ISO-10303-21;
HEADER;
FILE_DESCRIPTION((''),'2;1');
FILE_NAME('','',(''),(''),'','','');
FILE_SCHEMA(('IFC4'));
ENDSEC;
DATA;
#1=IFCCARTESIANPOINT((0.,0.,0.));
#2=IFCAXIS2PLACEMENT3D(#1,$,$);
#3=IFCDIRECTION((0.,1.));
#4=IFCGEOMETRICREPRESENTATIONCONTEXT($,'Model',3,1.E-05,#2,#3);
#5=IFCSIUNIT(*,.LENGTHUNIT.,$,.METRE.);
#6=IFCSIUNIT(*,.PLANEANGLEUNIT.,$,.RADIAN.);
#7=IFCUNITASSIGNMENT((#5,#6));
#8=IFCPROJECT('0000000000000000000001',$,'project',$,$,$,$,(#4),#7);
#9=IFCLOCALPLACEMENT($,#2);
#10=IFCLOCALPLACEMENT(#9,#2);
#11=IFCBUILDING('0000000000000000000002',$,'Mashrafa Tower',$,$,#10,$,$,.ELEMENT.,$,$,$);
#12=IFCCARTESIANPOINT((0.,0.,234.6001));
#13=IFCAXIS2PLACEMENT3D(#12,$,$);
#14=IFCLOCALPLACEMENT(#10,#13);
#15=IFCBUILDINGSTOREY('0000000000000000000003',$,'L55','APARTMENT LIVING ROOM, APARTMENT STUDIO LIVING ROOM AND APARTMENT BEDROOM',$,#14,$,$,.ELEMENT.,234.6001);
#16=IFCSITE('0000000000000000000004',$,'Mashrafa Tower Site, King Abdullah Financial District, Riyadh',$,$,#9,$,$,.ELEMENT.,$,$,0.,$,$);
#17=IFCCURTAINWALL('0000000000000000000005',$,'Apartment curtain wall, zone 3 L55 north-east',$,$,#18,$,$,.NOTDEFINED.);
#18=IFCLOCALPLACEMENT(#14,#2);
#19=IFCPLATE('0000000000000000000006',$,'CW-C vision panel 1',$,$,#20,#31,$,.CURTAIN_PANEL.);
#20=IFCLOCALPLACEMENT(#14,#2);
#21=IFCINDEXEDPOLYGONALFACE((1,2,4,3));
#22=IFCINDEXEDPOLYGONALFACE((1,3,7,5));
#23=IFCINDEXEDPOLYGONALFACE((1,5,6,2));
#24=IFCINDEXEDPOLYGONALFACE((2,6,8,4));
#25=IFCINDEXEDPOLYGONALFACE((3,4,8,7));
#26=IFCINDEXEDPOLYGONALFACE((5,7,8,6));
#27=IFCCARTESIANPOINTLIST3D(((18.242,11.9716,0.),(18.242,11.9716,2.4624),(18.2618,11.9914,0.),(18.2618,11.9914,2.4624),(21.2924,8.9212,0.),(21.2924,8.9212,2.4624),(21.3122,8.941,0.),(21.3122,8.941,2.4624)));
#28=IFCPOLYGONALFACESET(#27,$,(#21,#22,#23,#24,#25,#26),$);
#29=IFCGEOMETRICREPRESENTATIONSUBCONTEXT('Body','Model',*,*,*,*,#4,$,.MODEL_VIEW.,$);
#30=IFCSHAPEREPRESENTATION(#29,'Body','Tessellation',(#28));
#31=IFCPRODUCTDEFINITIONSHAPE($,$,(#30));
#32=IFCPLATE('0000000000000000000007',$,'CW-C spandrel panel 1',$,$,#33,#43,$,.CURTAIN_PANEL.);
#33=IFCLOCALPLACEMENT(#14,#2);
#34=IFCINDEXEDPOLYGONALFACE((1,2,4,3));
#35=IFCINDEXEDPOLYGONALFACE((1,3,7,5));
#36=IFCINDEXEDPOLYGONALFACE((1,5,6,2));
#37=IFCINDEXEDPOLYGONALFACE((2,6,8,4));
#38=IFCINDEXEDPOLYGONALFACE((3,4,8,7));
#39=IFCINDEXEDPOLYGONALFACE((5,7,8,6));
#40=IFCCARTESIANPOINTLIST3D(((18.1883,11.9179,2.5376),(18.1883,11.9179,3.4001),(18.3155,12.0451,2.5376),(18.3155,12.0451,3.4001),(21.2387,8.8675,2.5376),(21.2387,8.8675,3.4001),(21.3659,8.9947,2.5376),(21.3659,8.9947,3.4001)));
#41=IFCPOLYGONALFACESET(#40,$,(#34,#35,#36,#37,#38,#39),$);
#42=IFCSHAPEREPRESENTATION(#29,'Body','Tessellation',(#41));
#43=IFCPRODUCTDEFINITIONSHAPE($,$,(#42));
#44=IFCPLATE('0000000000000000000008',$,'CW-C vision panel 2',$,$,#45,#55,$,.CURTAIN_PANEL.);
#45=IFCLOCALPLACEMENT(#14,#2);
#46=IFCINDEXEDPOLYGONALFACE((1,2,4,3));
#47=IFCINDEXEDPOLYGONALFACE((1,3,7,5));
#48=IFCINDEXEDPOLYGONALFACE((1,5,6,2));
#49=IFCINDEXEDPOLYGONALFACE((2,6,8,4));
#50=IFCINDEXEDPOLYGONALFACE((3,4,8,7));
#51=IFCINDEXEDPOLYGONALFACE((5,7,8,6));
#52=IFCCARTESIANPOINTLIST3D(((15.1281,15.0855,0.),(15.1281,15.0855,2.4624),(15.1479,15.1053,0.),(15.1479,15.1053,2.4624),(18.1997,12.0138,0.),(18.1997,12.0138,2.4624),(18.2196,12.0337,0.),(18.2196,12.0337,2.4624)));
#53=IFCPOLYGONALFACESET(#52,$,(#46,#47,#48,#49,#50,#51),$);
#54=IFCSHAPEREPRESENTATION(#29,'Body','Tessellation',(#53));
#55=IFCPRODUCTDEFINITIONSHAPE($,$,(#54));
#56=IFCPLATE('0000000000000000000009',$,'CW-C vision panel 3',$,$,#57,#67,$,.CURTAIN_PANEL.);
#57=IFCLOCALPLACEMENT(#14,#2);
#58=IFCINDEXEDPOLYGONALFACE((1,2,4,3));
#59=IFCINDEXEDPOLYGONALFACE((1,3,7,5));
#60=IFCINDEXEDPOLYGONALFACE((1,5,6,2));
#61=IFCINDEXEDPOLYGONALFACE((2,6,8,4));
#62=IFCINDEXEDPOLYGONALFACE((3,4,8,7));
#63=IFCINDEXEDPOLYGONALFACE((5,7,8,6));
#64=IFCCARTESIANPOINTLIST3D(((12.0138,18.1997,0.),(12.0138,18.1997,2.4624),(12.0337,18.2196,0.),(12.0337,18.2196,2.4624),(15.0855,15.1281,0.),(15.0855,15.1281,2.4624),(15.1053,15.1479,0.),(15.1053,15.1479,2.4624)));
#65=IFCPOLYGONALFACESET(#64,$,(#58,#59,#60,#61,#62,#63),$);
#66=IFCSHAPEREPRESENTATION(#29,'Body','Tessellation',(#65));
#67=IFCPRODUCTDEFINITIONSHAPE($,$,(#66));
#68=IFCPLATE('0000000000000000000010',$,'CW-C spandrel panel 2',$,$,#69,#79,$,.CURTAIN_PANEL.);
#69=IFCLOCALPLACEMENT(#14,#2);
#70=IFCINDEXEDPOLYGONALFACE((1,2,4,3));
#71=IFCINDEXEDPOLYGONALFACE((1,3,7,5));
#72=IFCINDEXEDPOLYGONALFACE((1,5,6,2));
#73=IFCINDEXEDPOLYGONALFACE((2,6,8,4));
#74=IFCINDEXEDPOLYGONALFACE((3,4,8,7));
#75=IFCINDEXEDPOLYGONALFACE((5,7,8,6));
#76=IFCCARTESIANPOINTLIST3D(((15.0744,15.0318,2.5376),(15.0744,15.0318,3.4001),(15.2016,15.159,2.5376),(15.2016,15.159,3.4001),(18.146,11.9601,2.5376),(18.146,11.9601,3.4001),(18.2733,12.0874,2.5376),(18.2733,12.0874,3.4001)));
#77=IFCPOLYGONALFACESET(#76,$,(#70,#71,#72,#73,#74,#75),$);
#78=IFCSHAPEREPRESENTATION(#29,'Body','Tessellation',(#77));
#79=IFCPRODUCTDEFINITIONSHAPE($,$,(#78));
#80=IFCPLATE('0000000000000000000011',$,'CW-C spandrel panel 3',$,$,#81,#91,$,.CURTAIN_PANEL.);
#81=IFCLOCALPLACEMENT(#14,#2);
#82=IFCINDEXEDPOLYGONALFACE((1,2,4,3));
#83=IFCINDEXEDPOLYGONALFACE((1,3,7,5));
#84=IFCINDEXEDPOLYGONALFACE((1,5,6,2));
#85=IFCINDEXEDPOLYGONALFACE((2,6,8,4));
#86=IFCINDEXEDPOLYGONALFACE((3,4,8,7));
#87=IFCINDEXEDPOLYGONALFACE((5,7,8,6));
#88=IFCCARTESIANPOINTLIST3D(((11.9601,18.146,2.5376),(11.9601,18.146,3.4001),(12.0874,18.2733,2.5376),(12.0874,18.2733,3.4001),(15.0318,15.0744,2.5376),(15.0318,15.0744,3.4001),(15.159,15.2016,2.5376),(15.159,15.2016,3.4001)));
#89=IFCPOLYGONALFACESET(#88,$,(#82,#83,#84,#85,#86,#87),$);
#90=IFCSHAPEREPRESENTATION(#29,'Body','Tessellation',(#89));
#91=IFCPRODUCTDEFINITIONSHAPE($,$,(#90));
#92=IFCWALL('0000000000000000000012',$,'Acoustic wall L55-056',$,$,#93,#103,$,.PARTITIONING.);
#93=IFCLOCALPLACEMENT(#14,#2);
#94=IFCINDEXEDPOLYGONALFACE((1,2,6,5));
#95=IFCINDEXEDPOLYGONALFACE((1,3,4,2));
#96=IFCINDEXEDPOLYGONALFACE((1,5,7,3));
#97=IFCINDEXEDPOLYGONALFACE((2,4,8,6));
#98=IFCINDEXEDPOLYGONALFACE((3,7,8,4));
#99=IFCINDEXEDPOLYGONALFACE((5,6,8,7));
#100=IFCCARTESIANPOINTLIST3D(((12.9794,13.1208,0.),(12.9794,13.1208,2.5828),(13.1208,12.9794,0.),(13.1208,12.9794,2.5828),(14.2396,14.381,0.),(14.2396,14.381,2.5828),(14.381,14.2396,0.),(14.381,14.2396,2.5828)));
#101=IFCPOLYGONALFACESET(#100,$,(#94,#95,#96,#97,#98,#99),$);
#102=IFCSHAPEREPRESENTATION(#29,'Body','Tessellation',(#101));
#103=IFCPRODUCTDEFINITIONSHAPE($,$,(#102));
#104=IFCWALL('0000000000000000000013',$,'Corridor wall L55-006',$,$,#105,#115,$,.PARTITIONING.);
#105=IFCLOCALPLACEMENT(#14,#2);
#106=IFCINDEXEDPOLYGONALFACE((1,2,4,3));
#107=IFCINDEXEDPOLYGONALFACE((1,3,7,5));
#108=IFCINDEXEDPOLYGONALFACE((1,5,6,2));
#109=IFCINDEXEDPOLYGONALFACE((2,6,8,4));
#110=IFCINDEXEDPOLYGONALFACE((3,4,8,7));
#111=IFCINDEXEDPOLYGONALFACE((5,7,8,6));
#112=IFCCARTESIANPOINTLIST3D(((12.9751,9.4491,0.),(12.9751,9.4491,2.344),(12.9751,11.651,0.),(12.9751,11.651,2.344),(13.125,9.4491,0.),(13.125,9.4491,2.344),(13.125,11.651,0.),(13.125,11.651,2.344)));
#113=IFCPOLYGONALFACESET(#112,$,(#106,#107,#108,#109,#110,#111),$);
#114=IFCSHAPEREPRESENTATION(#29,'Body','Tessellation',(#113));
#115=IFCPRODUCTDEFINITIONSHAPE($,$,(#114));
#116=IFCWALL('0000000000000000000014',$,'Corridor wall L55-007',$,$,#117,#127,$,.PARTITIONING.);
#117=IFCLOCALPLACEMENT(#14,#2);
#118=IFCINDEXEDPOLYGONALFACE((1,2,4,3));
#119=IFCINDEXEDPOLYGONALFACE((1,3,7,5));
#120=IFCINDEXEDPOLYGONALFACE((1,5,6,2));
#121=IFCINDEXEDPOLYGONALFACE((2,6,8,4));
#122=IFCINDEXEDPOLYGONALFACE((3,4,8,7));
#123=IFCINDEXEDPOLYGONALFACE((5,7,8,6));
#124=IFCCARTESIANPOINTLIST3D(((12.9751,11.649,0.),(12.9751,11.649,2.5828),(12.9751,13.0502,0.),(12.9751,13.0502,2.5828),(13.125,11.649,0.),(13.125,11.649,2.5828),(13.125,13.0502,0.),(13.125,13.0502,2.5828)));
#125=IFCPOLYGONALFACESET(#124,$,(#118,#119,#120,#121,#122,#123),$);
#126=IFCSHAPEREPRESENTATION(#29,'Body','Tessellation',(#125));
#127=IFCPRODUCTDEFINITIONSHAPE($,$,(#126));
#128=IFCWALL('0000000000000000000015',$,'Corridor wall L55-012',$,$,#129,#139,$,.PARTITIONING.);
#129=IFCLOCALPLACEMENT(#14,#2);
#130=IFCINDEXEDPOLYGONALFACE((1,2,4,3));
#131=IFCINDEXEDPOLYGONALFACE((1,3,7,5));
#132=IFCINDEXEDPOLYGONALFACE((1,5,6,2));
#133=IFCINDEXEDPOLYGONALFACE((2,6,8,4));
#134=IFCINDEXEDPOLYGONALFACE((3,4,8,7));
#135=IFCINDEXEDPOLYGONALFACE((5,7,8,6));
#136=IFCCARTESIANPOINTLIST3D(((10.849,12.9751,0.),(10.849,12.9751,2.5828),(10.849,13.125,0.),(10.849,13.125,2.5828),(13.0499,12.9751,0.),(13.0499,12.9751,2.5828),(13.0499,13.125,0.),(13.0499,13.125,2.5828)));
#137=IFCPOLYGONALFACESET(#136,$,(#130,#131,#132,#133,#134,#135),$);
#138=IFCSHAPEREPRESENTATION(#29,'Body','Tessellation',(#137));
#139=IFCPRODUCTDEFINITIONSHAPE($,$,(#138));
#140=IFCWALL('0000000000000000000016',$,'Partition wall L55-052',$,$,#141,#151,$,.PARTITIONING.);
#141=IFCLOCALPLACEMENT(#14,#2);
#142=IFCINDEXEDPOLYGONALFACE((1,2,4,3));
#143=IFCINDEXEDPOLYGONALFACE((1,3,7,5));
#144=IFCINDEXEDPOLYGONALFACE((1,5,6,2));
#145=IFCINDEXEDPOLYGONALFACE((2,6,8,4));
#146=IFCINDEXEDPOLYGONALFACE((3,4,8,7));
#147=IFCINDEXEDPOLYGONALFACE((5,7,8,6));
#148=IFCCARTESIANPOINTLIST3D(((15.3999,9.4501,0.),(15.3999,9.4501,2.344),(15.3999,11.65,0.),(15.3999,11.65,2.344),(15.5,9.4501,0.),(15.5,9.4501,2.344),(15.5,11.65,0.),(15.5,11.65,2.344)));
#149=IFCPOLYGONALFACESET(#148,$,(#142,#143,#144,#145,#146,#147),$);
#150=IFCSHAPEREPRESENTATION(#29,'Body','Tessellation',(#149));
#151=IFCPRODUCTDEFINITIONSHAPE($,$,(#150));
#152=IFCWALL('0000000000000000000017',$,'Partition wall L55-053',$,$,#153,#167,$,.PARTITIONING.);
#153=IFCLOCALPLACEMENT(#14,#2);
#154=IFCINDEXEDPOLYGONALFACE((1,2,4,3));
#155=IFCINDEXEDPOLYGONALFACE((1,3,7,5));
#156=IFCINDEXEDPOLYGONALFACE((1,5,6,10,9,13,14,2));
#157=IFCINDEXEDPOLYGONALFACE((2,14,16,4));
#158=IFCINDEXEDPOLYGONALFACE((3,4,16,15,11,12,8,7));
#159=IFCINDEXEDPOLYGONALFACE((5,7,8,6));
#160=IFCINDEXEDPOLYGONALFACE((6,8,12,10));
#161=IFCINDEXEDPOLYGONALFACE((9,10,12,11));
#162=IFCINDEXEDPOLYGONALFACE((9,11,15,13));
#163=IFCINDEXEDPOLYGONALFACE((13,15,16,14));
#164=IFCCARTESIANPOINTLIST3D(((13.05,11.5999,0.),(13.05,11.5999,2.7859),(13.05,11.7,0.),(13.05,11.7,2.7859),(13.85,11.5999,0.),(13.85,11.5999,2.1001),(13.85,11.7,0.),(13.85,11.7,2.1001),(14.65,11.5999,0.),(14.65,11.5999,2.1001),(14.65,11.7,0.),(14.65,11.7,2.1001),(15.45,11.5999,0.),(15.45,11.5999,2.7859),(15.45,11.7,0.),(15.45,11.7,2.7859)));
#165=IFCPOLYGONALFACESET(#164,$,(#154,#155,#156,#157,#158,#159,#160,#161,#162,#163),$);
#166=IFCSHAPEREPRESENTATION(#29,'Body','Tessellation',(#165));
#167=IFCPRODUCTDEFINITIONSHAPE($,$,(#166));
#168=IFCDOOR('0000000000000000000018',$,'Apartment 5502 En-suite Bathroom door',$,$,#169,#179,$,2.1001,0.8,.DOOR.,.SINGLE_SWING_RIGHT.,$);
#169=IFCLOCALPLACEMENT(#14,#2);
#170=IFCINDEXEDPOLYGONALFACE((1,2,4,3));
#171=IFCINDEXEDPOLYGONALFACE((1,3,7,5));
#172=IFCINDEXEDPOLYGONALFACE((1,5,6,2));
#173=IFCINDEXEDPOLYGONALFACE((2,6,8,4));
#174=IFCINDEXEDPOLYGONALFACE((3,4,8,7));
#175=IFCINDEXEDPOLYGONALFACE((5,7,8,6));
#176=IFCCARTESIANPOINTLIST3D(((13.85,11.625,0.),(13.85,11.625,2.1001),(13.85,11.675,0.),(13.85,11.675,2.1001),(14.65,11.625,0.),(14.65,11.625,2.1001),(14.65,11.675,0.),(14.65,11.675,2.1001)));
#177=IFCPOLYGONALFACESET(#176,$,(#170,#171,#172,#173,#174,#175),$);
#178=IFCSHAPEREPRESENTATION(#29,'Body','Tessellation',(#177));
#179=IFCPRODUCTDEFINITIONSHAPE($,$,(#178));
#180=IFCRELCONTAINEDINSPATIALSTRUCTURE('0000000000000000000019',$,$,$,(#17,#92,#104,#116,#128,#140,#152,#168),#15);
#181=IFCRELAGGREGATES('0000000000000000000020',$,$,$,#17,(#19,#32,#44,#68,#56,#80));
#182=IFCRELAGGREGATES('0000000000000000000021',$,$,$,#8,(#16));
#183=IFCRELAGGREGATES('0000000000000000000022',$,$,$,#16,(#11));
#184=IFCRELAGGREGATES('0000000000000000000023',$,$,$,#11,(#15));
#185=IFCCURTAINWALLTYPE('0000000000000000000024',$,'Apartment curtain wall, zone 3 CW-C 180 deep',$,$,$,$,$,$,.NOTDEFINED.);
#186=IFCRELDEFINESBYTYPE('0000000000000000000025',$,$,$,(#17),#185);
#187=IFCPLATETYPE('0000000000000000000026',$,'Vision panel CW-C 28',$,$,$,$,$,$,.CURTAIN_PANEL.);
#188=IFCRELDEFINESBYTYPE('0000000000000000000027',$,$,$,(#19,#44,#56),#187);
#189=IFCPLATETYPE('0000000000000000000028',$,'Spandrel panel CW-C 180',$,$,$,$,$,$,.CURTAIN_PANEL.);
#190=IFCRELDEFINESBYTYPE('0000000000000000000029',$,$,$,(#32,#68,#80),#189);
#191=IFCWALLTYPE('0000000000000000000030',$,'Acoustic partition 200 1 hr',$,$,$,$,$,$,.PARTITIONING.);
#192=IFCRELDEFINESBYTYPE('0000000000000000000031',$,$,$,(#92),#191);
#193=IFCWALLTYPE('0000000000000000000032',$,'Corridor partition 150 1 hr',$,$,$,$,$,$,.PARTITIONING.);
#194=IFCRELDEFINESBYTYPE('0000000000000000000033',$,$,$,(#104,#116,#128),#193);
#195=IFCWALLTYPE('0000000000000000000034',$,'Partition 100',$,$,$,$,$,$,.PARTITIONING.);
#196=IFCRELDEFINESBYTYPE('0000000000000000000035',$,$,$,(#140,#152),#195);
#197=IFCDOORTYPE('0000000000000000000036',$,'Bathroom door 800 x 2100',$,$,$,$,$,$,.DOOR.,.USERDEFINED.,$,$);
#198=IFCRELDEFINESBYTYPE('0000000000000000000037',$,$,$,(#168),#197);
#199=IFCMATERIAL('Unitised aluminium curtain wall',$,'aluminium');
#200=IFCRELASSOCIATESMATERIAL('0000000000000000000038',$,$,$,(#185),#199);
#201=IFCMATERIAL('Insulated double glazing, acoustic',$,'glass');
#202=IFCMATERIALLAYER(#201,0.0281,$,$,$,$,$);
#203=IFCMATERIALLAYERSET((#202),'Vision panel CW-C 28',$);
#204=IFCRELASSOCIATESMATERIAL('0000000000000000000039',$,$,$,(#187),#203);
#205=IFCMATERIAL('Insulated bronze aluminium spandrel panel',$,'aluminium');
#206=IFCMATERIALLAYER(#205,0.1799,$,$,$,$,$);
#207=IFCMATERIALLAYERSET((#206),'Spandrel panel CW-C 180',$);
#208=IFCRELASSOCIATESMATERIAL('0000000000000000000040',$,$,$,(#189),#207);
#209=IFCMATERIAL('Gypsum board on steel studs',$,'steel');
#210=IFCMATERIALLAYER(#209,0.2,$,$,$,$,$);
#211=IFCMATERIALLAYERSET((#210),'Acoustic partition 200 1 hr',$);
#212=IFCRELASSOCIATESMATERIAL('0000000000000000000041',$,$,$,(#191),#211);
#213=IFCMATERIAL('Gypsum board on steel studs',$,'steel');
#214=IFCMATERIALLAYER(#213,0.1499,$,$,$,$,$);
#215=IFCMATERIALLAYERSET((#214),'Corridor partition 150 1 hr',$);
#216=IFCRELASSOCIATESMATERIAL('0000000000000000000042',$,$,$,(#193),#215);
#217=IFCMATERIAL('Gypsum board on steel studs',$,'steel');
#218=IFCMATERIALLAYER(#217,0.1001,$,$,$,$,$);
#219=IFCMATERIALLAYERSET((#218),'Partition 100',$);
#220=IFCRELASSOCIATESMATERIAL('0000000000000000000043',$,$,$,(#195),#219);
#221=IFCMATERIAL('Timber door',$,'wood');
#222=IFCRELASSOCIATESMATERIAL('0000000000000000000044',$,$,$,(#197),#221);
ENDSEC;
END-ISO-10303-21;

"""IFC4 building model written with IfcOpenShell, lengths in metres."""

from ifc_helpers import new_model, si_unit, direction, frame, frame_2d, origin, origin_2d, place, context, subcontext, project, spatial, rectangle, extrude, source, transform, mapped, material, layer, layer_set, type_object, type_shapes, element, fill, aggregate, save


model = new_model("IFC4")

# Units and contexts
model_context = context("Model", 3, precision=1e-05, world=origin(), true_north=direction((0.0, 1.0)))
body_context = subcontext(model_context, "Body", "Model", "MODEL_VIEW")
ifc_project = project(units=[si_unit("LENGTHUNIT", "METRE"), si_unit("PLANEANGLEUNIT", "RADIAN")], contexts=[model_context])

# Site, building, storey
site_placement = place(None, origin())
site = spatial("IfcSite", under=ifc_project, at=site_placement, Name="Mashrafa Tower Site, King Abdullah Financial District, Riyadh", CompositionType="ELEMENT", RefElevation=0.0)
building_placement = place(site_placement, origin())
building = spatial("IfcBuilding", under=site, at=building_placement, Name="Mashrafa Tower", CompositionType="ELEMENT")
storey_placement = place(building_placement, frame((0.0, 0.0, 234.6001)))
storey = spatial("IfcBuildingStorey", under=building, at=storey_placement, Name="L55", Description="APARTMENT LIVING ROOM, APARTMENT STUDIO LIVING ROOM AND APARTMENT BEDROOM", CompositionType="ELEMENT", Elevation=234.6001)

# Curtain wall, plates
ifc_material_1 = material(Name="Unitised aluminium curtain wall", Category="aluminium")
curtain_wall_type = type_object("IfcCurtainWallType", Name="Apartment curtain wall, zone 3 CW-C 180 deep", PredefinedType="NOTDEFINED", material=ifc_material_1)
curtain_wall_placement = place(storey_placement, origin())
curtain_wall = element("IfcCurtainWall", 1, at=curtain_wall_placement, inside=storey, type_object=curtain_wall_type, Name="Apartment curtain wall, zone 3 L55 north-east", PredefinedType="NOTDEFINED")
ifc_material_2 = material(Name="Insulated double glazing, acoustic", Category="glass")
ifc_layer_1 = layer(ifc_material_2, 0.0281)
ifc_layer_set_1 = layer_set([ifc_layer_1], Name="Vision panel CW-C 28")
plate_type_1 = type_object("IfcPlateType", Name="Vision panel CW-C 28", PredefinedType="CURTAIN_PANEL", material=ifc_layer_set_1)
shared_shape_1 = source(origin(), body_context, "Body", "SweptSolid", [
    extrude(rectangle(XDim=4.314, YDim=0.0281, at=origin_2d()), origin(), (0.0, 0.0, 1.0), 2.4624),
])
plate_1_placement = place(storey_placement, frame((19.7771, 10.4563, 0.0), z_axis=(0.0, 0.0, 1.0), x_axis=(-0.707107, 0.707107, 0.0)))
plate_1 = element("IfcPlate", 2, at=plate_1_placement, type_object=plate_type_1, Name="CW-C vision panel 1", PredefinedType="CURTAIN_PANEL", context=body_context, shape_type="MappedRepresentation", body=[
    mapped(shared_shape_1, transform((0.0, 0.0, 0.0))),
])
ifc_material_3 = material(Name="Insulated bronze aluminium spandrel panel", Category="aluminium")
ifc_layer_2 = layer(ifc_material_3, 0.1799)
ifc_layer_set_2 = layer_set([ifc_layer_2], Name="Spandrel panel CW-C 180")
plate_type_2 = type_object("IfcPlateType", Name="Spandrel panel CW-C 180", PredefinedType="CURTAIN_PANEL", material=ifc_layer_set_2)
shared_shape_2 = source(origin(), body_context, "Body", "SweptSolid", [
    extrude(rectangle(XDim=4.314, YDim=0.1799, at=origin_2d()), origin(), (0.0, 0.0, 1.0), 0.8625),
])
plate_2_placement = place(storey_placement, frame((19.7771, 10.4563, 2.5376), z_axis=(0.0, 0.0, 1.0), x_axis=(-0.707107, 0.707107, 0.0)))
plate_2 = element("IfcPlate", 3, at=plate_2_placement, type_object=plate_type_2, Name="CW-C spandrel panel 1", PredefinedType="CURTAIN_PANEL", context=body_context, shape_type="MappedRepresentation", body=[
    mapped(shared_shape_2, transform((0.0, 0.0, 0.0))),
])
shared_shape_3 = source(origin(), body_context, "Body", "SweptSolid", [
    extrude(rectangle(XDim=4.344, YDim=0.0281, at=origin_2d()), origin(), (0.0, 0.0, 1.0), 2.4624),
])
type_shapes(plate_type_1, [shared_shape_1, shared_shape_3])
plate_3_placement = place(storey_placement, frame((16.6738, 13.5596, 0.0), z_axis=(0.0, 0.0, 1.0), x_axis=(-0.707107, 0.707107, 0.0)))
plate_3 = element("IfcPlate", 4, at=plate_3_placement, type_object=plate_type_1, Name="CW-C vision panel 2", PredefinedType="CURTAIN_PANEL", context=body_context, shape_type="MappedRepresentation", body=[
    mapped(shared_shape_3, transform((0.0, 0.0, 0.0))),
])
plate_4_placement = place(storey_placement, frame((13.5596, 16.6738, 0.0), z_axis=(0.0, 0.0, 1.0), x_axis=(-0.707107, 0.707107, 0.0)))
plate_4 = element("IfcPlate", 5, at=plate_4_placement, type_object=plate_type_1, Name="CW-C vision panel 3", PredefinedType="CURTAIN_PANEL", context=body_context, shape_type="MappedRepresentation", body=[
    mapped(shared_shape_3, transform((0.0, 0.0, 0.0))),
])
shared_shape_4 = source(origin(), body_context, "Body", "SweptSolid", [
    extrude(rectangle(XDim=4.344, YDim=0.1799, at=origin_2d()), origin(), (0.0, 0.0, 1.0), 0.8625),
])
type_shapes(plate_type_2, [shared_shape_2, shared_shape_4])
plate_5_placement = place(storey_placement, frame((16.6738, 13.5596, 2.5376), z_axis=(0.0, 0.0, 1.0), x_axis=(-0.707107, 0.707107, 0.0)))
plate_5 = element("IfcPlate", 6, at=plate_5_placement, type_object=plate_type_2, Name="CW-C spandrel panel 2", PredefinedType="CURTAIN_PANEL", context=body_context, shape_type="MappedRepresentation", body=[
    mapped(shared_shape_4, transform((0.0, 0.0, 0.0))),
])
plate_6_placement = place(storey_placement, frame((13.5596, 16.6738, 2.5376), z_axis=(0.0, 0.0, 1.0), x_axis=(-0.707107, 0.707107, 0.0)))
plate_6 = element("IfcPlate", 7, at=plate_6_placement, type_object=plate_type_2, Name="CW-C spandrel panel 3", PredefinedType="CURTAIN_PANEL", context=body_context, shape_type="MappedRepresentation", body=[
    mapped(shared_shape_4, transform((0.0, 0.0, 0.0))),
])
aggregate(curtain_wall, [plate_1, plate_2, plate_3, plate_5, plate_4, plate_6])

# Walls
ifc_material_4 = material(Name="Gypsum board on steel studs", Category="steel")
ifc_layer_3 = layer(ifc_material_4, 0.2)
ifc_layer_set_3 = layer_set([ifc_layer_3], Name="Acoustic partition 200 1 hr")
wall_type_1 = type_object("IfcWallType", Name="Acoustic partition 200 1 hr", PredefinedType="PARTITIONING", material=ifc_layer_set_3)
wall_1_placement = place(storey_placement, frame((14.3103, 14.3103, 0.0), z_axis=(0.0, 0.0, 1.0), x_axis=(-0.707107, -0.707107, 0.0)))
element("IfcWall", 8, at=wall_1_placement, inside=storey, type_object=wall_type_1, Name="Acoustic wall L55-056", PredefinedType="PARTITIONING", context=body_context, shape_type="SweptSolid", body=[
    extrude(rectangle(XDim=1.7822, YDim=0.2, at=frame_2d((0.8911, 0.0))), origin(), (0.0, 0.0, 1.0), 2.5828),
])
ifc_material_5 = material(Name="Gypsum board on steel studs", Category="steel")
ifc_layer_4 = layer(ifc_material_5, 0.1499)
ifc_layer_set_4 = layer_set([ifc_layer_4], Name="Corridor partition 150 1 hr")
wall_type_2 = type_object("IfcWallType", Name="Corridor partition 150 1 hr", PredefinedType="PARTITIONING", material=ifc_layer_set_4)
wall_2_placement = place(storey_placement, frame((13.05, 9.449, 0.0), z_axis=(0.0, 0.0, 1.0), x_axis=(0.0, 1.0, 0.0)))
element("IfcWall", 9, at=wall_2_placement, inside=storey, type_object=wall_type_2, Name="Corridor wall L55-006", PredefinedType="PARTITIONING", context=body_context, shape_type="SweptSolid", body=[
    extrude(rectangle(XDim=2.2019, YDim=0.1499, at=frame_2d((1.1011, 0.0))), origin(), (0.0, 0.0, 1.0), 2.344),
])
wall_3_placement = place(storey_placement, frame((13.05, 11.6489, 0.0), z_axis=(0.0, 0.0, 1.0), x_axis=(0.0, 1.0, 0.0)))
element("IfcWall", 10, at=wall_3_placement, inside=storey, type_object=wall_type_2, Name="Corridor wall L55-007", PredefinedType="PARTITIONING", context=body_context, shape_type="SweptSolid", body=[
    extrude(rectangle(XDim=1.4011, YDim=0.1499, at=frame_2d((0.7007, 0.0))), origin(), (0.0, 0.0, 1.0), 2.5828),
])
wall_4_placement = place(storey_placement, frame((13.05, 13.05, 0.0), z_axis=(0.0, 0.0, 1.0), x_axis=(-1.0, 0.0, 0.0)))
element("IfcWall", 11, at=wall_4_placement, inside=storey, type_object=wall_type_2, Name="Corridor wall L55-012", PredefinedType="PARTITIONING", context=body_context, shape_type="SweptSolid", body=[
    extrude(rectangle(XDim=2.2009, YDim=0.1499, at=frame_2d((1.1006, 0.0))), origin(), (0.0, 0.0, 1.0), 2.5828),
])
ifc_material_6 = material(Name="Gypsum board on steel studs", Category="steel")
ifc_layer_5 = layer(ifc_material_6, 0.1001)
ifc_layer_set_5 = layer_set([ifc_layer_5], Name="Partition 100")
wall_type_3 = type_object("IfcWallType", Name="Partition 100", PredefinedType="PARTITIONING", material=ifc_layer_set_5)
wall_5_placement = place(storey_placement, frame((15.45, 9.45, 0.0), z_axis=(0.0, 0.0, 1.0), x_axis=(0.0, 1.0, 0.0)))
element("IfcWall", 12, at=wall_5_placement, inside=storey, type_object=wall_type_3, Name="Partition wall L55-052", PredefinedType="PARTITIONING", context=body_context, shape_type="SweptSolid", body=[
    extrude(rectangle(XDim=2.2, YDim=0.1001, at=frame_2d((1.1001, 0.0))), origin(), (0.0, 0.0, 1.0), 2.344),
])

# Wall, opening, door
wall_6_placement = place(storey_placement, frame((15.45, 11.6499, 0.0), z_axis=(0.0, 0.0, 1.0), x_axis=(-1.0, 0.0, 0.0)))
wall_6 = element("IfcWall", 13, at=wall_6_placement, inside=storey, type_object=wall_type_3, Name="Partition wall L55-053", PredefinedType="PARTITIONING", context=body_context, shape_type="SweptSolid", body=[
    extrude(rectangle(XDim=2.3999, YDim=0.1001, at=frame_2d((1.2, 0.0))), origin(), (0.0, 0.0, 1.0), 2.7859),
])
opening_1_placement = place(wall_6_placement, frame((0.8, 0.0, 0.0)))
opening_1 = element("IfcOpeningElement", 14, at=opening_1_placement, cuts=wall_6, PredefinedType="OPENING", context=body_context, shape_type="SweptSolid", body=[
    extrude(rectangle(XDim=0.8, YDim=2.1001, at=frame_2d((0.3999, 1.05))), frame((0.0, 0.0601, 0.0), z_axis=(0.0, -1.0, 0.0), x_axis=(1.0, 0.0, 0.0)), (0.0, 0.0, 1.0), 0.1201),
])
ifc_material_7 = material(Name="Timber door", Category="wood")
door_type_1 = type_object("IfcDoorType", Name="Bathroom door 800 x 2100", OperationType="USERDEFINED", PredefinedType="DOOR", material=ifc_material_7)
door_1_placement = place(opening_1_placement, origin())
door_1 = element("IfcDoor", 15, at=door_1_placement, inside=storey, type_object=door_type_1, Name="Apartment 5502 En-suite Bathroom door", OperationType="SINGLE_SWING_RIGHT", OverallHeight=2.1001, OverallWidth=0.8, PredefinedType="DOOR", context=body_context, shape_type="SweptSolid", body=[
    extrude(rectangle(XDim=0.8, YDim=2.1001, at=frame_2d((0.3999, 1.05))), frame((0.0, 0.0249, 0.0), z_axis=(0.0, -1.0, 0.0), x_axis=(1.0, 0.0, 0.0)), (0.0, 0.0, 1.0), 0.05),
])
fill(opening_1, door_1)

save(model, "model.ifc")
